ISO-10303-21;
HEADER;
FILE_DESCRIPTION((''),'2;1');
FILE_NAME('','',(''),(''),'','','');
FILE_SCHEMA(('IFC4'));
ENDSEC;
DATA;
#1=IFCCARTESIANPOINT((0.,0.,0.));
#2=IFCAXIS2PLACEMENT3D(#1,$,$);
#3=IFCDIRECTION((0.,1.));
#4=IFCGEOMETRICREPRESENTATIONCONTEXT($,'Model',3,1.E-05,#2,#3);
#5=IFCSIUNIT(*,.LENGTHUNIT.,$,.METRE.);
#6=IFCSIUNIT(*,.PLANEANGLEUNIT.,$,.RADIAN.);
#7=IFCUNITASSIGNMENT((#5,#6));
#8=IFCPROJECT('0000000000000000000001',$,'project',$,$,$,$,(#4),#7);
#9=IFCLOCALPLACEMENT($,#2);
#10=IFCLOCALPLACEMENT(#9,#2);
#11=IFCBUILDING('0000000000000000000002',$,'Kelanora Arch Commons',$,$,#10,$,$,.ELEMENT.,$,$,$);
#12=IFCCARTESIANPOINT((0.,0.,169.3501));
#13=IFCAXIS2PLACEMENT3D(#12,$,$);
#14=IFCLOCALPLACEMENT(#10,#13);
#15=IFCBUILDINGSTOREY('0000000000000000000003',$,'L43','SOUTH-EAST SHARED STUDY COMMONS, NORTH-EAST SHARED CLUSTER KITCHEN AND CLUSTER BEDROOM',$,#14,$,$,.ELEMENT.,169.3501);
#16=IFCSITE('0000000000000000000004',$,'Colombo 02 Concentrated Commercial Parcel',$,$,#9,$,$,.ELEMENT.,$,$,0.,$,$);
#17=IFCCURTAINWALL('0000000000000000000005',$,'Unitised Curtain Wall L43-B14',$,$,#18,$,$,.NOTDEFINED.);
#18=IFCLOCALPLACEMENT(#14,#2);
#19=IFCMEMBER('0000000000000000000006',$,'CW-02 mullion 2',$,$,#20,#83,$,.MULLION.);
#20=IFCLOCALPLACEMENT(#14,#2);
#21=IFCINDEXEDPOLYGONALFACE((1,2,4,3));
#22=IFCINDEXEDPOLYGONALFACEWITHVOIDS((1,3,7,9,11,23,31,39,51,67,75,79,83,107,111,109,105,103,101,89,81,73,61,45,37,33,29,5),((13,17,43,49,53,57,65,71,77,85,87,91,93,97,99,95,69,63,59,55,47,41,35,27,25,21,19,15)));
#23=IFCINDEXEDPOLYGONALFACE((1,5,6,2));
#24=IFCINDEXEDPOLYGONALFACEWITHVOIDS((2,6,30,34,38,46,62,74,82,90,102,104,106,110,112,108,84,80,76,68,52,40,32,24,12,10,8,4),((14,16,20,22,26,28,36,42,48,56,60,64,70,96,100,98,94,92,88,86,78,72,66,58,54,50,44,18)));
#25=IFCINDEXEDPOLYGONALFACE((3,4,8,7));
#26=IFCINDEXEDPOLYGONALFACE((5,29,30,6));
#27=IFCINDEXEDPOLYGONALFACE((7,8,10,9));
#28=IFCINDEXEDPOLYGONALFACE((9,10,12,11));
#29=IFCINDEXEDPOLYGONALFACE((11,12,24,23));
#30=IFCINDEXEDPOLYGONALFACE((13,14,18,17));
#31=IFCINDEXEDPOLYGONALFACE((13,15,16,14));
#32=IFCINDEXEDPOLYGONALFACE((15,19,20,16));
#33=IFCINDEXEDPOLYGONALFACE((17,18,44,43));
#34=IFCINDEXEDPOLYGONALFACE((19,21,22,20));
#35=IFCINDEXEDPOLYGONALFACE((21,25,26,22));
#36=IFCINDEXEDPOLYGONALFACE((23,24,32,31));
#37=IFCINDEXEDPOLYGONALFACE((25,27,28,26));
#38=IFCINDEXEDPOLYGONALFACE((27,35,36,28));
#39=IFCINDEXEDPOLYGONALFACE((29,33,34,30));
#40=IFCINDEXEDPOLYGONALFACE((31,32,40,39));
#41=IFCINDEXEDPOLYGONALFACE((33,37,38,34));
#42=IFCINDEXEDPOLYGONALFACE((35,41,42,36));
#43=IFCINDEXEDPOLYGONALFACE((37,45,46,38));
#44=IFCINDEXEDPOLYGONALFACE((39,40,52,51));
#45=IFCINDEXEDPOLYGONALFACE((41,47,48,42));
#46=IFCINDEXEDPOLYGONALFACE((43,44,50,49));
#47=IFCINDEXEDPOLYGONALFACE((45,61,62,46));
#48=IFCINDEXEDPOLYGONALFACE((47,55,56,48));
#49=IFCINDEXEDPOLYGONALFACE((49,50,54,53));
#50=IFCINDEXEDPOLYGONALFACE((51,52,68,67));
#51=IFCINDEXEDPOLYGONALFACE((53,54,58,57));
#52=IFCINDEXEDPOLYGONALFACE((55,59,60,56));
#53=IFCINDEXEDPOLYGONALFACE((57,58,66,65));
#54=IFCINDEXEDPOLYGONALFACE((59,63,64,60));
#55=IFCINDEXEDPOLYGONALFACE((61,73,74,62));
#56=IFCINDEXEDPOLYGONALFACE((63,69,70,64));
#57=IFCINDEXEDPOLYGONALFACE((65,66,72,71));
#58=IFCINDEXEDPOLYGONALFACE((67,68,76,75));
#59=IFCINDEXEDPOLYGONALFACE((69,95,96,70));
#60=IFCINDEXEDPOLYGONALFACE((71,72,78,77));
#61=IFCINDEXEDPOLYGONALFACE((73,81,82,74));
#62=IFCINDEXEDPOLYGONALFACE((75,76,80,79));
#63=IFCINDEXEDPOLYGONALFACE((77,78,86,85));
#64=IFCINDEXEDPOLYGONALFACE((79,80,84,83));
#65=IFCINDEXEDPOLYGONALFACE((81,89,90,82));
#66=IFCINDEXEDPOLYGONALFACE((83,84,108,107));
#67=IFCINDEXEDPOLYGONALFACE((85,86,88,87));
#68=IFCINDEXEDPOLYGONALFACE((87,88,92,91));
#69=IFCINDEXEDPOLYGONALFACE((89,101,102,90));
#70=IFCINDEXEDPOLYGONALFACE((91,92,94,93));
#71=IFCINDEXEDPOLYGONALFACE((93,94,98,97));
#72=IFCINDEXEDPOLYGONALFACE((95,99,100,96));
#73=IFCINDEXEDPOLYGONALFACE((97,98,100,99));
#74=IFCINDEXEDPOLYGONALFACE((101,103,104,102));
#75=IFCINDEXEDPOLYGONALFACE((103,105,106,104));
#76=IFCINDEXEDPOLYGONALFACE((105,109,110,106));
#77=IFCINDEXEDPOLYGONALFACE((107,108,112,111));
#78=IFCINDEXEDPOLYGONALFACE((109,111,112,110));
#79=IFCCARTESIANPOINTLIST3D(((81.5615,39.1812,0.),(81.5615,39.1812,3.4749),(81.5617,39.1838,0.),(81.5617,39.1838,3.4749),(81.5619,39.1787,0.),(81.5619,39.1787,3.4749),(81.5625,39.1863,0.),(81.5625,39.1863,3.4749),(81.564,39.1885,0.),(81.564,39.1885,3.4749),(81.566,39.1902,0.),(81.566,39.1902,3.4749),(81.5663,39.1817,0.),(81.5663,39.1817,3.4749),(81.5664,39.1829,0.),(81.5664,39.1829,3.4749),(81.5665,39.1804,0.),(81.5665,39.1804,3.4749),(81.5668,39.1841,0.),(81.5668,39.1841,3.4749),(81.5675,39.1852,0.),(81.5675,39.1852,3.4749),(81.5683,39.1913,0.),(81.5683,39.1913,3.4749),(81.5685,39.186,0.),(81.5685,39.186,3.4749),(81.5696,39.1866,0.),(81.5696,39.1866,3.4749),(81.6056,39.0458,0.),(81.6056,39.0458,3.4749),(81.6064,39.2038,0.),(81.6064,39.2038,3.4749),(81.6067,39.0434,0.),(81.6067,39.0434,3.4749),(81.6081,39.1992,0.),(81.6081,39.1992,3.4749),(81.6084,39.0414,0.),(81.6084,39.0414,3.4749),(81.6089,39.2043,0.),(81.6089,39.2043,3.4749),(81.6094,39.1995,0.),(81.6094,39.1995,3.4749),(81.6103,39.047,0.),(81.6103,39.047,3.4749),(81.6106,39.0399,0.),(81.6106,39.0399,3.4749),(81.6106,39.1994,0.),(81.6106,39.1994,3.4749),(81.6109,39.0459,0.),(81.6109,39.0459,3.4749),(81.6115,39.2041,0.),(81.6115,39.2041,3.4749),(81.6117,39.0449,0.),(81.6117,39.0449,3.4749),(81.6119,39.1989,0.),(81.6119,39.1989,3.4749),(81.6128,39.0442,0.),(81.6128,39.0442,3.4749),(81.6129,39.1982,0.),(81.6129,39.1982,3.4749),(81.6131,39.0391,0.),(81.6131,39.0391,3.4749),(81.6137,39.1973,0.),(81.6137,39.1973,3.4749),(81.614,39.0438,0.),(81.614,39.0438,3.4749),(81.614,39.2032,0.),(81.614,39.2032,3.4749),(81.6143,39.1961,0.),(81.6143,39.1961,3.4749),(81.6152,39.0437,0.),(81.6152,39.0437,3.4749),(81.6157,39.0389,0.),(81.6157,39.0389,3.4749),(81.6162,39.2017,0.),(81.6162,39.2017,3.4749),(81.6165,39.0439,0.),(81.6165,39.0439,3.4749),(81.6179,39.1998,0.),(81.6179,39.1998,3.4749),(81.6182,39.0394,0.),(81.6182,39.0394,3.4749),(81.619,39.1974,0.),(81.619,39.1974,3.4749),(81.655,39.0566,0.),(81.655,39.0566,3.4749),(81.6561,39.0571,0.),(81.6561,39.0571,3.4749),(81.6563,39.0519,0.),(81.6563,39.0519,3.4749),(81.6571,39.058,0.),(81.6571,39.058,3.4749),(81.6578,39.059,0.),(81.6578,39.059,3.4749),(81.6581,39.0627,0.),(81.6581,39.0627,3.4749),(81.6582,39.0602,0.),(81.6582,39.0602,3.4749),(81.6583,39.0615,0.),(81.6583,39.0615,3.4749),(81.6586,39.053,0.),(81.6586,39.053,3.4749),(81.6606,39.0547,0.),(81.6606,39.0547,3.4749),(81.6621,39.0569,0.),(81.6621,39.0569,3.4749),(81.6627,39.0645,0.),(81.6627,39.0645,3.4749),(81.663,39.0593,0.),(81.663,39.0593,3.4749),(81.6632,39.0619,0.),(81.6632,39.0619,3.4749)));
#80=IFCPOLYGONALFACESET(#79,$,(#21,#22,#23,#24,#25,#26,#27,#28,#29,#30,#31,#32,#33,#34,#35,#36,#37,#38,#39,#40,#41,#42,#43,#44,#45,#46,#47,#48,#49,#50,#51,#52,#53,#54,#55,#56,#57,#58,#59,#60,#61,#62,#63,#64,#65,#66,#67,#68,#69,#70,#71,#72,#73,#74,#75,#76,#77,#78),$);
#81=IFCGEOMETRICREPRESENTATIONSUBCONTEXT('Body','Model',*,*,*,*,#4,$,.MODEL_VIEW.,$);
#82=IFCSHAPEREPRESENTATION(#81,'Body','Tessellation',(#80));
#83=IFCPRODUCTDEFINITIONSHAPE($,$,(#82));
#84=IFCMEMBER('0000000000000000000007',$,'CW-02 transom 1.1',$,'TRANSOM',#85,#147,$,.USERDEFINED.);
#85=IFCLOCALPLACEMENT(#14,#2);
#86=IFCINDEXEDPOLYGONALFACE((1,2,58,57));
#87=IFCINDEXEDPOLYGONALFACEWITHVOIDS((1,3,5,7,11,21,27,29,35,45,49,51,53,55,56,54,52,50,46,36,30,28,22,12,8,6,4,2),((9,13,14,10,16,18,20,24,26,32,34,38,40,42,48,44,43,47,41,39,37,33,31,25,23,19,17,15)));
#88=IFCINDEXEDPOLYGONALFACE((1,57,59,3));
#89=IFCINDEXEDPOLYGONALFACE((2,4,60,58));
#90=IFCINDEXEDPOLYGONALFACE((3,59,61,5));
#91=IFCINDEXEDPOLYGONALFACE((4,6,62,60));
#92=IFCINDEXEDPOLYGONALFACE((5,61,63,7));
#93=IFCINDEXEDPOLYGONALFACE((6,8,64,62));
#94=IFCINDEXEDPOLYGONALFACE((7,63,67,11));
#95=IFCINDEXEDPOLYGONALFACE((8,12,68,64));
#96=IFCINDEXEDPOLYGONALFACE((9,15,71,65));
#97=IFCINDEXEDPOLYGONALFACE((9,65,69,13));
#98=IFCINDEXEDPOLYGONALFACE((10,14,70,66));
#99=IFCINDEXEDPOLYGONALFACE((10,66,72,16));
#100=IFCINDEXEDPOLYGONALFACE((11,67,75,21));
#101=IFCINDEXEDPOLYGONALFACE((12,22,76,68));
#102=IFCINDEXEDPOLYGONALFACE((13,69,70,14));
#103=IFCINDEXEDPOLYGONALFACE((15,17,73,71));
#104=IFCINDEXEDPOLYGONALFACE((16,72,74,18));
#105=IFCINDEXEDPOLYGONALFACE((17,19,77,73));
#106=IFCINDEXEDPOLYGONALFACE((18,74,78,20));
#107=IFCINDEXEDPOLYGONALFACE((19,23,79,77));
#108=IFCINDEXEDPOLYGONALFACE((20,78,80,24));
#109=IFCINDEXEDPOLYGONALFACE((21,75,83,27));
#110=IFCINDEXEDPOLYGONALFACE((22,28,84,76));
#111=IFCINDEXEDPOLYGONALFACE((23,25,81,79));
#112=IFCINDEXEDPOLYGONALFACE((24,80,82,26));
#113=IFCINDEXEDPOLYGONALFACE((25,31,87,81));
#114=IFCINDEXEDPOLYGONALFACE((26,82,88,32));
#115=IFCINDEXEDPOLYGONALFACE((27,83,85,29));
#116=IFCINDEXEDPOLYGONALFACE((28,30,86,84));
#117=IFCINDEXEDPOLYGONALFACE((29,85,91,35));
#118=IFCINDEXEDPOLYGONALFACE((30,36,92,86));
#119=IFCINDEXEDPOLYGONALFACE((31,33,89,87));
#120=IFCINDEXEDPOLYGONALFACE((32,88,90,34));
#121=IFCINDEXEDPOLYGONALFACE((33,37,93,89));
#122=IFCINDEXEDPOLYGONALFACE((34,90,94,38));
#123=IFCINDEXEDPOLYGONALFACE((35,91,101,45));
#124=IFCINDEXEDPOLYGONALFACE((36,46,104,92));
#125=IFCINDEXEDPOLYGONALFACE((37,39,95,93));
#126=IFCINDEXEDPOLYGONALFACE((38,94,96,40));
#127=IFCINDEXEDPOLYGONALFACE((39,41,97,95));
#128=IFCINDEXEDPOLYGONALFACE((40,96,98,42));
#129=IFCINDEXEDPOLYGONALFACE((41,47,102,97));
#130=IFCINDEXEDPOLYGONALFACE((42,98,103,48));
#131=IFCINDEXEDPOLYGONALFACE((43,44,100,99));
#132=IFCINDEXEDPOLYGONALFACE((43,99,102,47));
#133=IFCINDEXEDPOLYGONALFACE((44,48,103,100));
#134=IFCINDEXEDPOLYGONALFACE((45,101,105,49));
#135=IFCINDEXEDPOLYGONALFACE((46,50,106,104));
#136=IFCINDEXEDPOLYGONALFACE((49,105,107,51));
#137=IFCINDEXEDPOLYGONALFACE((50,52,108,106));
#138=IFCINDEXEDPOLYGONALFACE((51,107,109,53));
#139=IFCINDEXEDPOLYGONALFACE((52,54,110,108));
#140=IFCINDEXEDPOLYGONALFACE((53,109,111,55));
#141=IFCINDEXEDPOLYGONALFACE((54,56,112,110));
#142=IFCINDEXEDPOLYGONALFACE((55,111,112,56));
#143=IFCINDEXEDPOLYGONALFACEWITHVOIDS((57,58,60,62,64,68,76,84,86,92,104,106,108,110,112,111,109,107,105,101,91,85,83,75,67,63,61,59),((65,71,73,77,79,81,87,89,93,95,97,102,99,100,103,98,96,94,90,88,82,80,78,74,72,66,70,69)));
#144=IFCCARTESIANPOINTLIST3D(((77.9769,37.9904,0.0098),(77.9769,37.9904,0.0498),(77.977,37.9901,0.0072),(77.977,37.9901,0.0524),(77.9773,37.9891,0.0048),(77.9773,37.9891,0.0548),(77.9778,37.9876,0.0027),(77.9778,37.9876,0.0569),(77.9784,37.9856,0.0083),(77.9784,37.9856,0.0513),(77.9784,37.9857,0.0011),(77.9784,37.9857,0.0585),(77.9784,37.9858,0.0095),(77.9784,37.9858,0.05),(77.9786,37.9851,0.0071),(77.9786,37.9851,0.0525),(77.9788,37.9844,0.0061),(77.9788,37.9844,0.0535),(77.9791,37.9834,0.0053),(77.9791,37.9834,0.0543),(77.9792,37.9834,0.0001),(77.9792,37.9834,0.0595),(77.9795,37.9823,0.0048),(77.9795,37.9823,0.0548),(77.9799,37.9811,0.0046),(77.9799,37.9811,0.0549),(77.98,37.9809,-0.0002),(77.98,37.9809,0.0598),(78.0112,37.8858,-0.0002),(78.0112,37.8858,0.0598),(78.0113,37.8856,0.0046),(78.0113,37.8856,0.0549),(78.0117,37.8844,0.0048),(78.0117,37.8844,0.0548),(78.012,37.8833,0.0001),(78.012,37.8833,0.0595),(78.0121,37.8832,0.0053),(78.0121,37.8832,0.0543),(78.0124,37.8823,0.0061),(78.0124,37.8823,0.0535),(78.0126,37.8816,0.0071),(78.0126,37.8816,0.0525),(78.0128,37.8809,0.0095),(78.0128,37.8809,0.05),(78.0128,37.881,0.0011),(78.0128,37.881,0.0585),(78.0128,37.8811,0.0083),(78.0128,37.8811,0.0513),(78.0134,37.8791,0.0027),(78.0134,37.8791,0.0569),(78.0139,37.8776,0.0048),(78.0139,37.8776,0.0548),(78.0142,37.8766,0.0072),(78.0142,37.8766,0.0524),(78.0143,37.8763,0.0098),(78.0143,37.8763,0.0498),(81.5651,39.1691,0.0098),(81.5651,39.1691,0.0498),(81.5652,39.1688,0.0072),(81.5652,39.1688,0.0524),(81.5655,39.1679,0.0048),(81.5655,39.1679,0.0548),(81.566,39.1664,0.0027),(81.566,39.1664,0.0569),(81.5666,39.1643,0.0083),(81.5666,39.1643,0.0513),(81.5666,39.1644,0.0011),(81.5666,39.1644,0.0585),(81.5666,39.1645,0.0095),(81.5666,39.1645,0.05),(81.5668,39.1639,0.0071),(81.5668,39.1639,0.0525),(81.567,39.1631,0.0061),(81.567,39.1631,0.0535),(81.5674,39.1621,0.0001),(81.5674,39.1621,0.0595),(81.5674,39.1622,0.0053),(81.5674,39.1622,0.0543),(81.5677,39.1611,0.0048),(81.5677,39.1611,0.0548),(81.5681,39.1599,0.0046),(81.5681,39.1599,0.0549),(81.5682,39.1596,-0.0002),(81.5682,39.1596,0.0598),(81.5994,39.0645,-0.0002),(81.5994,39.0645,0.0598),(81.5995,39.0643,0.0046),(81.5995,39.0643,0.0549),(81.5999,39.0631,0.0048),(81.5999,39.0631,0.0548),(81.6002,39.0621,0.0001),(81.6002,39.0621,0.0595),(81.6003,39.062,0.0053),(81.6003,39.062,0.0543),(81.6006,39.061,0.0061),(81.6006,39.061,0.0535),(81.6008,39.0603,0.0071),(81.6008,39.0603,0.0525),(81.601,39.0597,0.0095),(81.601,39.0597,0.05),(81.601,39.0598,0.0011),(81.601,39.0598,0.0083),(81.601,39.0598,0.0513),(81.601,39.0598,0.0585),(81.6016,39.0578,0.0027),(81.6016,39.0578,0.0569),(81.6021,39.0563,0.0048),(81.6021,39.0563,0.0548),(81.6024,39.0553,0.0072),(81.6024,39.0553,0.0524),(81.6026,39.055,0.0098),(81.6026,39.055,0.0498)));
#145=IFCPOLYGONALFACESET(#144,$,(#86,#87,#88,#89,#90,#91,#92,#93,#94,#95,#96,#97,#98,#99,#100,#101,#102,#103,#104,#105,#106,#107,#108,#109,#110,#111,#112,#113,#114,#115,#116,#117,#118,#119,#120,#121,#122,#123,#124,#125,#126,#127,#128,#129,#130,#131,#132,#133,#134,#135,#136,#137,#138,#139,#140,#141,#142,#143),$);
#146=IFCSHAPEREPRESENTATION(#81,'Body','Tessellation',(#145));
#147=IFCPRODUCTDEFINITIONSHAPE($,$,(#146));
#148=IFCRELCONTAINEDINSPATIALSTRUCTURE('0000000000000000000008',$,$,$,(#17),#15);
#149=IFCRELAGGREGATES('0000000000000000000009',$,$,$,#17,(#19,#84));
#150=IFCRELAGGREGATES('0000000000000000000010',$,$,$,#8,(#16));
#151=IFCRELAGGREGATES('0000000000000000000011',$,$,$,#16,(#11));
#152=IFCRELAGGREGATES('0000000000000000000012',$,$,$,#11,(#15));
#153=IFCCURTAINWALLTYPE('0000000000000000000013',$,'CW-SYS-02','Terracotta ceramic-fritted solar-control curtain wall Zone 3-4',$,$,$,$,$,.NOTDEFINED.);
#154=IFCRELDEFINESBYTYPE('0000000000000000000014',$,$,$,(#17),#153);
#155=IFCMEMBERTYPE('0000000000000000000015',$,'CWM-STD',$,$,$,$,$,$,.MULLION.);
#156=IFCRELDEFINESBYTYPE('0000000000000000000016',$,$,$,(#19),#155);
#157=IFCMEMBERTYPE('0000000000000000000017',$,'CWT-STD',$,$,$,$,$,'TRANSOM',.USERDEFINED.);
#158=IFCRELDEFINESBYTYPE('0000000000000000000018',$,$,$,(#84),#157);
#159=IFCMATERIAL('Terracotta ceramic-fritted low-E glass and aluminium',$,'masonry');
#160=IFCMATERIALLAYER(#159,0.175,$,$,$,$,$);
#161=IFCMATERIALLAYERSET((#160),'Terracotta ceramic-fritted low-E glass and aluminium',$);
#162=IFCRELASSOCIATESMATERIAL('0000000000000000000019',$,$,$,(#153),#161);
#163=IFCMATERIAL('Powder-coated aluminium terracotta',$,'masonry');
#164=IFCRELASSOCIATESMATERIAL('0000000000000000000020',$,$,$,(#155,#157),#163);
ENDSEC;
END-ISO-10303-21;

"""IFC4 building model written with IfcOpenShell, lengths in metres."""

from ifc_helpers import new_model, si_unit, direction, frame, origin, origin_2d, place, context, subcontext, project, spatial, hollow_rectangle, extrude, material, layer, layer_set, material_profile, profile_set, type_object, element, aggregate, save


model = new_model("IFC4")

# Units and contexts
model_context = context("Model", 3, precision=1e-05, world=origin(), true_north=direction((0.0, 1.0)))
body_context = subcontext(model_context, "Body", "Model", "MODEL_VIEW")
ifc_project = project(units=[si_unit("LENGTHUNIT", "METRE"), si_unit("PLANEANGLEUNIT", "RADIAN")], contexts=[model_context])

# Site, building, storey
site_placement = place(None, origin())
site = spatial("IfcSite", under=ifc_project, at=site_placement, Name="Colombo 02 Concentrated Commercial Parcel", CompositionType="ELEMENT", RefElevation=0.0)
building_placement = place(site_placement, origin())
building = spatial("IfcBuilding", under=site, at=building_placement, Name="Kelanora Arch Commons", CompositionType="ELEMENT")
storey_placement = place(building_placement, frame((0.0, 0.0, 169.3501)))
storey = spatial("IfcBuildingStorey", under=building, at=storey_placement, Name="L43", Description="SOUTH-EAST SHARED STUDY COMMONS, NORTH-EAST SHARED CLUSTER KITCHEN AND CLUSTER BEDROOM", CompositionType="ELEMENT", Elevation=169.3501)

# Curtain wall, members
ifc_material_1 = material(Name="Terracotta ceramic-fritted low-E glass and aluminium", Category="masonry")
ifc_layer_1 = layer(ifc_material_1, 0.175)
ifc_layer_set_1 = layer_set([ifc_layer_1], Name="Terracotta ceramic-fritted low-E glass and aluminium")
curtain_wall_type = type_object("IfcCurtainWallType", Name="CW-SYS-02", Description="Terracotta ceramic-fritted solar-control curtain wall Zone 3-4", PredefinedType="NOTDEFINED", material=ifc_layer_set_1)
curtain_wall_placement = place(storey_placement, origin())
curtain_wall = element("IfcCurtainWall", 1, at=curtain_wall_placement, inside=storey, type_object=curtain_wall_type, Name="Unitised Curtain Wall L43-B14", PredefinedType="NOTDEFINED")
ifc_material_2 = material(Name="Powder-coated aluminium terracotta", Category="masonry")
ifc_material_profile_1 = material_profile(ifc_material_2, hollow_rectangle(XDim=0.1599, YDim=0.0601, WallThickness=0.0049, InnerFilletRadius=0.0049, OuterFilletRadius=0.01, at=origin_2d()), Name="CWM160x60")
ifc_profile_set_1 = profile_set([ifc_material_profile_1], Name="Powder-coated aluminium terracotta")
member_type_1 = type_object("IfcMemberType", Name="CWM-STD", PredefinedType="MULLION", material=ifc_profile_set_1)
member_1_placement = place(storey_placement, frame((81.6123, 39.1216, 0.0), z_axis=(0.0, 0.0, 1.0), x_axis=(-0.312128, 0.95004, 0.0)))
member_1 = element("IfcMember", 2, at=member_1_placement, type_object=member_type_1, Name="CW-02 mullion 2", PredefinedType="MULLION", context=body_context, shape_type="SweptSolid", body=[
    extrude(hollow_rectangle(XDim=0.1599, YDim=0.0601, WallThickness=0.0049, InnerFilletRadius=0.0049, OuterFilletRadius=0.01, at=origin_2d()), origin(), (0.0, 0.0, 1.0), 3.4749),
])
ifc_material_profile_2 = material_profile(ifc_material_2, hollow_rectangle(XDim=0.1201, YDim=0.0601, WallThickness=0.0049, InnerFilletRadius=0.0049, OuterFilletRadius=0.01, at=origin_2d()), Name="CWT120x60")
ifc_profile_set_2 = profile_set([ifc_material_profile_2], Name="Powder-coated aluminium terracotta")
member_type_2 = type_object("IfcMemberType", Name="CWT-STD", ElementType="TRANSOM", PredefinedType="USERDEFINED", material=ifc_profile_set_2)
member_2_placement = place(storey_placement, frame((77.9956, 37.9333, 0.0298), z_axis=(0.950051, 0.312094, 0.0), x_axis=(-0.312094, 0.950051, 0.0)))
member_2 = element("IfcMember", 3, at=member_2_placement, type_object=member_type_2, Name="CW-02 transom 1.1", ObjectType="TRANSOM", PredefinedType="USERDEFINED", context=body_context, shape_type="SweptSolid", body=[
    extrude(hollow_rectangle(XDim=0.1201, YDim=0.0601, WallThickness=0.0049, InnerFilletRadius=0.0049, OuterFilletRadius=0.01, at=origin_2d()), origin(), (0.0, 0.0, 1.0), 3.7769),
])
aggregate(curtain_wall, [member_1, member_2])

save(model, "model.ifc")
